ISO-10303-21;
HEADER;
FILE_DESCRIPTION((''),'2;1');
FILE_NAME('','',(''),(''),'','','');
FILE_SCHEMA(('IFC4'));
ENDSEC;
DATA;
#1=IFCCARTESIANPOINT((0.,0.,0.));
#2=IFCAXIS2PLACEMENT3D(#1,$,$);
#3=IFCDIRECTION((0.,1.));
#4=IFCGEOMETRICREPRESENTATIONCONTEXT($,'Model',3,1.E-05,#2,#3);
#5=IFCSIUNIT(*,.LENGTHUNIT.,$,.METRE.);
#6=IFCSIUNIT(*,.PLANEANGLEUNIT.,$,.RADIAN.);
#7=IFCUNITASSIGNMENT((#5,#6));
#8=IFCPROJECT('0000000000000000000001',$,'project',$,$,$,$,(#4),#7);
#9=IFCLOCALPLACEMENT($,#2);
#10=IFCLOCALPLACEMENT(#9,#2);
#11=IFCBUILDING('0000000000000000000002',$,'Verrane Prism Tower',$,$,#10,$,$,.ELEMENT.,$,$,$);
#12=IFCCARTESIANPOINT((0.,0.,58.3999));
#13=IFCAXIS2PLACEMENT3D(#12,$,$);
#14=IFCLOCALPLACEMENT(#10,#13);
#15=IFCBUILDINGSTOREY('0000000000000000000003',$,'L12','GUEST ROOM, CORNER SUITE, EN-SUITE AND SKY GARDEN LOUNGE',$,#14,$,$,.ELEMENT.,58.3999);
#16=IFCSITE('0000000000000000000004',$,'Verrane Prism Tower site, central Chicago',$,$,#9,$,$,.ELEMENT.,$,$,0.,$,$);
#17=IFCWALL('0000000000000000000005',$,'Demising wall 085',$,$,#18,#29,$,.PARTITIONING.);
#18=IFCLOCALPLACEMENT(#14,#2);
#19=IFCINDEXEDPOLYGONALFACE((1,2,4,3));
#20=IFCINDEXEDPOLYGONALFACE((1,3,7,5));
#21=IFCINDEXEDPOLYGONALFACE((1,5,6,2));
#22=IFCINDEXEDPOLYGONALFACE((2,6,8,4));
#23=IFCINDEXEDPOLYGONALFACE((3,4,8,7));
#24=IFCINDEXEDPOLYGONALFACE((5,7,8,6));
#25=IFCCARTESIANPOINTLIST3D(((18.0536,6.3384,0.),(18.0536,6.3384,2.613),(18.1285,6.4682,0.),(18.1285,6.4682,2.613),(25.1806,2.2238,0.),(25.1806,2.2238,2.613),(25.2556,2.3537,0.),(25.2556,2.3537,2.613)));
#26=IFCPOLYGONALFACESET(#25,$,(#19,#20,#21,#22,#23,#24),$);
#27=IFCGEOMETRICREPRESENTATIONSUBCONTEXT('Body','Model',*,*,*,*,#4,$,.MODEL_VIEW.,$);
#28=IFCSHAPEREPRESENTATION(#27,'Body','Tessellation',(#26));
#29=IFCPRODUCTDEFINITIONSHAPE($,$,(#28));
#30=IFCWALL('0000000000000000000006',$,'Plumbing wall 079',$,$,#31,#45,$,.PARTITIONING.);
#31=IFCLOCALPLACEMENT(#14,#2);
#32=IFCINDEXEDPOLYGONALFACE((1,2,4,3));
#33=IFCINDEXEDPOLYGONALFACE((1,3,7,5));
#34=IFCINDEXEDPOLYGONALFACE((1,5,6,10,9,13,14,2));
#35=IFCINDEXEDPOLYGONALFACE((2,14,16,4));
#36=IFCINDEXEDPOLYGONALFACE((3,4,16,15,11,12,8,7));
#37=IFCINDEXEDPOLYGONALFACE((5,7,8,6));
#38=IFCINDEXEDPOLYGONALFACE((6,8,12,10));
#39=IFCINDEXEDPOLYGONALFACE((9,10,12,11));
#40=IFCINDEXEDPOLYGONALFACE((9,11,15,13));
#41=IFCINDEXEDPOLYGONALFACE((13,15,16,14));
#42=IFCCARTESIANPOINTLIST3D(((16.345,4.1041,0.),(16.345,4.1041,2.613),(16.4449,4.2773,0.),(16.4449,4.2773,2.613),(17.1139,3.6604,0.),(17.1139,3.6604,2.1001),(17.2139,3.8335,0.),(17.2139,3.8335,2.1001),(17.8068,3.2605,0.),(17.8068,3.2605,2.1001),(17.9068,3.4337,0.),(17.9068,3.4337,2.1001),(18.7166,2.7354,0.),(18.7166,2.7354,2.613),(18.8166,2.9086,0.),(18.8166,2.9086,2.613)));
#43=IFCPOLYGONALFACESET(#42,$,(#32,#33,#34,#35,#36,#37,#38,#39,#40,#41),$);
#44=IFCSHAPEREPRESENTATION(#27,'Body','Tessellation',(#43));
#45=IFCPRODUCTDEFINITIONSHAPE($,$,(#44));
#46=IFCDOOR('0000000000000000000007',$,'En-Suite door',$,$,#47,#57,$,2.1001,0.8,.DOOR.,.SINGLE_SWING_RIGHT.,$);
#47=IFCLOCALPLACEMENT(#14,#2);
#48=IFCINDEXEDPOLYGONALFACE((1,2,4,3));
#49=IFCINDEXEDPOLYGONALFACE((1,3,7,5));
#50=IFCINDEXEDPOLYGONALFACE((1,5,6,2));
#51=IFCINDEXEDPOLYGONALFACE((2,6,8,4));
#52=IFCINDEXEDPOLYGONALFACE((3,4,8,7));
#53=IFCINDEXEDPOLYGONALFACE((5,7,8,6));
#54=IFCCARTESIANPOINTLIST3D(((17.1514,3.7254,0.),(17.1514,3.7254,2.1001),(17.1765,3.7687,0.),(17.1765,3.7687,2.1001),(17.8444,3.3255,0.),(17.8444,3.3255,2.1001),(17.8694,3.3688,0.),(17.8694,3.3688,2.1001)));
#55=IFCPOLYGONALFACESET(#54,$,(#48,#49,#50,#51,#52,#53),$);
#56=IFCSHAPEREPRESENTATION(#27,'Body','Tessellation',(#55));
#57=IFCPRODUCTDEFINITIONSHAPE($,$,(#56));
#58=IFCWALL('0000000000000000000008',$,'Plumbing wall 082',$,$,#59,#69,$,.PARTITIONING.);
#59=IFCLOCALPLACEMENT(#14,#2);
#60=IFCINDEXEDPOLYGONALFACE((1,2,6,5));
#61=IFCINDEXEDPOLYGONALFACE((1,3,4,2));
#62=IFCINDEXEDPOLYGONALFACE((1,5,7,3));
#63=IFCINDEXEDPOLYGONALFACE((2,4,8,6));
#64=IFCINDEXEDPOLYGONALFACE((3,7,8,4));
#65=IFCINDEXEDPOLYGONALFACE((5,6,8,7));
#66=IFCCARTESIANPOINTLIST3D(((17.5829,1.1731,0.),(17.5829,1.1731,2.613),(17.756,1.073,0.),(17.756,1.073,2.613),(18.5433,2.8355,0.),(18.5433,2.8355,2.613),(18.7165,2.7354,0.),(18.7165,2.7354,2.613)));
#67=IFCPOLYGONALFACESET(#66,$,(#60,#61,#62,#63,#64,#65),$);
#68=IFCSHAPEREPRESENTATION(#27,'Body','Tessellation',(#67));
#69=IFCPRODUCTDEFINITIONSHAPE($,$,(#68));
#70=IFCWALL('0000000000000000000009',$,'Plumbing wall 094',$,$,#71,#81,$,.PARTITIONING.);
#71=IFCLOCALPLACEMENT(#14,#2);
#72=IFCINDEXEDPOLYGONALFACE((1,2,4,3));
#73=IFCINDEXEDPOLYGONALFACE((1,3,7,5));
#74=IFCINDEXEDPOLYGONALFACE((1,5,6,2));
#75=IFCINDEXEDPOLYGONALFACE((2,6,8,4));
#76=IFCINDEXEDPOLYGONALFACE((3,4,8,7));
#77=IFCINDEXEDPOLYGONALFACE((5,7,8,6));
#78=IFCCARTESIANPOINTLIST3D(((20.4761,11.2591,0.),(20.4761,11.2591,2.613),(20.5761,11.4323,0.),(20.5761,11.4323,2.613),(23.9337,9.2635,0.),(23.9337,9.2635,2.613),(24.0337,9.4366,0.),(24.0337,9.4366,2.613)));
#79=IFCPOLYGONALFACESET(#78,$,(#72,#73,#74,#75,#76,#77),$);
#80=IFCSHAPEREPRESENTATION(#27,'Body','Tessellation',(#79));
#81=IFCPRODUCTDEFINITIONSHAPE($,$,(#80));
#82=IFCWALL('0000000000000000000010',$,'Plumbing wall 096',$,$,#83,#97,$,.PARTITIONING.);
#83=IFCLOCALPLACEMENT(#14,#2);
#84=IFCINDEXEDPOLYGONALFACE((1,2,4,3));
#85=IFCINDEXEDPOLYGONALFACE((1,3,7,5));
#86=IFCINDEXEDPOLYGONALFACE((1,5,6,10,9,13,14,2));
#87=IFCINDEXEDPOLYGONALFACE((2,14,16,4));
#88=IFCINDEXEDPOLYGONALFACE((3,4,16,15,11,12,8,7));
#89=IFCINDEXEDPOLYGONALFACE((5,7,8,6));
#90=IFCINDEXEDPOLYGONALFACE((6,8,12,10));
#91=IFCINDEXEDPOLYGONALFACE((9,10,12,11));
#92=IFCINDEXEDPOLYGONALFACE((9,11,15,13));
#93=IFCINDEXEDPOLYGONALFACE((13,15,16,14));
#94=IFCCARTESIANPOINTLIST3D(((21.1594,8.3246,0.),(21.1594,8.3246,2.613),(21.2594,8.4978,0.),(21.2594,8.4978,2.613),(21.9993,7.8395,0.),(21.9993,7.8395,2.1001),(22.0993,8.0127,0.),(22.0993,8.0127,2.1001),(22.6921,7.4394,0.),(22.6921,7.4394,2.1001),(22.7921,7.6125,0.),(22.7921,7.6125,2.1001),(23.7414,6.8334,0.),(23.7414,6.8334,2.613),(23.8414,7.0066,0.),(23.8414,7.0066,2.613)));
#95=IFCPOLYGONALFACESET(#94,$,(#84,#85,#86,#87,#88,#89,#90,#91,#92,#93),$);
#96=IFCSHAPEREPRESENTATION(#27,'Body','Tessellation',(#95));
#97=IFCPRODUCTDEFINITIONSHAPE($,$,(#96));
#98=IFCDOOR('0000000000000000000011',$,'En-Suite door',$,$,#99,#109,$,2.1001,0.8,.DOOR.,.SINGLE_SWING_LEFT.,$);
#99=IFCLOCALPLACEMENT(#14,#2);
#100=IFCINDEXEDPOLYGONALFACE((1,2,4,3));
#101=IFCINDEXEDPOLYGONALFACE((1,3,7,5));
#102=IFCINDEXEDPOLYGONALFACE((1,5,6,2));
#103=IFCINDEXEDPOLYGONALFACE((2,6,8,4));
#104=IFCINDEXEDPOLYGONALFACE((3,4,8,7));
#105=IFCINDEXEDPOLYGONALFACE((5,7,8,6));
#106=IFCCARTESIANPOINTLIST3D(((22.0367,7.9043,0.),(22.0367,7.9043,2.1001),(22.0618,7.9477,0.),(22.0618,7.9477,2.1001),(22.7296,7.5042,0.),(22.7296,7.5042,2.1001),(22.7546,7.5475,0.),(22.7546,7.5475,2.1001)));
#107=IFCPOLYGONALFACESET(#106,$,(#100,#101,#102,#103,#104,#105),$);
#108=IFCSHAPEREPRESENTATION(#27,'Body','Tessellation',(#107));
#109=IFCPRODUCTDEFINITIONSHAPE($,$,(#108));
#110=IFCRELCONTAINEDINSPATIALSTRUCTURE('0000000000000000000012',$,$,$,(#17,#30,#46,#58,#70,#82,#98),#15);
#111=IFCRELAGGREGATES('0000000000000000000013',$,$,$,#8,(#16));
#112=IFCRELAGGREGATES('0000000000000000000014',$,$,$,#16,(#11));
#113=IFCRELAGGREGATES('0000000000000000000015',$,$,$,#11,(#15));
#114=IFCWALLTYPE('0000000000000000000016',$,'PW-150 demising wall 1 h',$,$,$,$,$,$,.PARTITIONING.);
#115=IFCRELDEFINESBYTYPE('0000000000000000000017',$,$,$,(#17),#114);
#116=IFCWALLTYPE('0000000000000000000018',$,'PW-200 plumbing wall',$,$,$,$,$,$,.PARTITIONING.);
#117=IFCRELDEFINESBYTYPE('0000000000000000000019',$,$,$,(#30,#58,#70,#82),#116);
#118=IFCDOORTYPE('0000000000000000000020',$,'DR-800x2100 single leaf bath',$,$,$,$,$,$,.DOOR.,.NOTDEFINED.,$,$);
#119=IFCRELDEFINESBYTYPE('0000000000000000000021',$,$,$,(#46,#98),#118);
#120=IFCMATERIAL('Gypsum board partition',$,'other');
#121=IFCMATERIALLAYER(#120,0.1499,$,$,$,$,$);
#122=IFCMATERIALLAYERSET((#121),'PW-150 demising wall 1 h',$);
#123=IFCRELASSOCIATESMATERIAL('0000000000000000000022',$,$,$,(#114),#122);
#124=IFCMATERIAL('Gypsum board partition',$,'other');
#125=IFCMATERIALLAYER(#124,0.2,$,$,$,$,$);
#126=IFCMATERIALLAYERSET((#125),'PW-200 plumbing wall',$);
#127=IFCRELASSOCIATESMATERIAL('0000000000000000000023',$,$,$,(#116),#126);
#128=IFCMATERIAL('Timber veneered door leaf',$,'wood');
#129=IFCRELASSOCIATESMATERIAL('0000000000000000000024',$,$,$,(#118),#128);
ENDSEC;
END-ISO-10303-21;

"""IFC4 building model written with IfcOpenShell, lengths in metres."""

from ifc_helpers import new_model, si_unit, direction, frame, frame_2d, origin, place, context, subcontext, project, spatial, rectangle, extrude, material, layer, layer_set, type_object, element, fill, save


model = new_model("IFC4")

# Units and contexts
model_context = context("Model", 3, precision=1e-05, world=origin(), true_north=direction((0.0, 1.0)))
body_context = subcontext(model_context, "Body", "Model", "MODEL_VIEW")
ifc_project = project(units=[si_unit("LENGTHUNIT", "METRE"), si_unit("PLANEANGLEUNIT", "RADIAN")], contexts=[model_context])

# Site, building, storey
site_placement = place(None, origin())
site = spatial("IfcSite", under=ifc_project, at=site_placement, Name="Verrane Prism Tower site, central Chicago", CompositionType="ELEMENT", RefElevation=0.0)
building_placement = place(site_placement, origin())
building = spatial("IfcBuilding", under=site, at=building_placement, Name="Verrane Prism Tower", CompositionType="ELEMENT")
storey_placement = place(building_placement, frame((0.0, 0.0, 58.3999)))
storey = spatial("IfcBuildingStorey", under=building, at=storey_placement, Name="L12", Description="GUEST ROOM, CORNER SUITE, EN-SUITE AND SKY GARDEN LOUNGE", CompositionType="ELEMENT", Elevation=58.3999)

# Wall
ifc_material_1 = material(Name="Gypsum board partition", Category="other")
ifc_layer_1 = layer(ifc_material_1, 0.1499)
ifc_layer_set_1 = layer_set([ifc_layer_1], Name="PW-150 demising wall 1 h")
wall_type_1 = type_object("IfcWallType", Name="PW-150 demising wall 1 h", PredefinedType="PARTITIONING", material=ifc_layer_set_1)
wall_1_placement = place(storey_placement, frame((18.0911, 6.4033, 0.0), z_axis=(0.0, 0.0, 1.0), x_axis=(0.866038, -0.499978, 0.0)))
element("IfcWall", 1, at=wall_1_placement, inside=storey, type_object=wall_type_1, Name="Demising wall 085", PredefinedType="PARTITIONING", context=body_context, shape_type="SweptSolid", body=[
    extrude(rectangle(XDim=8.2295, YDim=0.1499, at=frame_2d((4.1147, 0.0))), origin(), (0.0, 0.0, 1.0), 2.613),
])

# Wall, opening, door
ifc_material_2 = material(Name="Gypsum board partition", Category="other")
ifc_layer_2 = layer(ifc_material_2, 0.2)
ifc_layer_set_2 = layer_set([ifc_layer_2], Name="PW-200 plumbing wall")
wall_type_2 = type_object("IfcWallType", Name="PW-200 plumbing wall", PredefinedType="PARTITIONING", material=ifc_layer_set_2)
wall_2_placement = place(storey_placement, frame((18.7666, 2.822, 0.0), z_axis=(0.0, 0.0, 1.0), x_axis=(-0.866117, 0.499841, 0.0)))
wall_2 = element("IfcWall", 2, at=wall_2_placement, inside=storey, type_object=wall_type_2, Name="Plumbing wall 079", PredefinedType="PARTITIONING", context=body_context, shape_type="SweptSolid", body=[
    extrude(rectangle(XDim=2.7383, YDim=0.2, at=frame_2d((1.3691, 0.0))), origin(), (0.0, 0.0, 1.0), 2.613),
])
opening_1_placement = place(wall_2_placement, frame((1.0505, 0.0, 0.0)))
opening_1 = element("IfcOpeningElement", 3, at=opening_1_placement, cuts=wall_2, PredefinedType="OPENING", context=body_context, shape_type="SweptSolid", body=[
    extrude(rectangle(XDim=0.8, YDim=2.1001, at=frame_2d((0.3999, 1.05))), frame((0.0, 0.1099, 0.0), z_axis=(0.0, -1.0, 0.0), x_axis=(1.0, 0.0, 0.0)), (0.0, 0.0, 1.0), 0.22),
])
ifc_material_3 = material(Name="Timber veneered door leaf", Category="wood")
door_type_1 = type_object("IfcDoorType", Name="DR-800x2100 single leaf bath", OperationType="NOTDEFINED", PredefinedType="DOOR", material=ifc_material_3)
door_1_placement = place(opening_1_placement, origin())
door_1 = element("IfcDoor", 4, at=door_1_placement, inside=storey, type_object=door_type_1, Name="En-Suite door", OperationType="SINGLE_SWING_RIGHT", OverallHeight=2.1001, OverallWidth=0.8, PredefinedType="DOOR", context=body_context, shape_type="SweptSolid", body=[
    extrude(rectangle(XDim=0.8, YDim=2.1001, at=frame_2d((0.3999, 1.05))), frame((0.0, 0.0249, 0.0), z_axis=(0.0, -1.0, 0.0), x_axis=(1.0, 0.0, 0.0)), (0.0, 0.0, 1.0), 0.05),
])
fill(opening_1, door_1)

# Walls
wall_3_placement = place(storey_placement, frame((17.6694, 1.123, 0.0), z_axis=(0.0, 0.0, 1.0), x_axis=(0.500269, 0.86587, 0.0)))
element("IfcWall", 5, at=wall_3_placement, inside=storey, type_object=wall_type_2, Name="Plumbing wall 082", PredefinedType="PARTITIONING", context=body_context, shape_type="SweptSolid", body=[
    extrude(rectangle(XDim=1.9199, YDim=0.2, at=frame_2d((0.96, 0.0))), origin(), (0.0, 0.0, 1.0), 2.613),
])
wall_4_placement = place(storey_placement, frame((20.5261, 11.3457, 0.0), z_axis=(0.0, 0.0, 1.0), x_axis=(0.86609, -0.499888, 0.0)))
element("IfcWall", 6, at=wall_4_placement, inside=storey, type_object=wall_type_2, Name="Plumbing wall 094", PredefinedType="PARTITIONING", context=body_context, shape_type="SweptSolid", body=[
    extrude(rectangle(XDim=3.9922, YDim=0.2, at=frame_2d((1.9961, 0.0))), origin(), (0.0, 0.0, 1.0), 2.613),
])

# Wall, opening, door
wall_5_placement = place(storey_placement, frame((21.2095, 8.4111, 0.0), z_axis=(0.0, 0.0, 1.0), x_axis=(0.865956, -0.500119, 0.0)))
wall_5 = element("IfcWall", 7, at=wall_5_placement, inside=storey, type_object=wall_type_2, Name="Plumbing wall 096", PredefinedType="PARTITIONING", context=body_context, shape_type="SweptSolid", body=[
    extrude(rectangle(XDim=2.9817, YDim=0.2, at=frame_2d((1.4907, 0.0))), origin(), (0.0, 0.0, 1.0), 2.613),
])
opening_2_placement = place(wall_5_placement, frame((0.97, 0.0, 0.0)))
opening_2 = element("IfcOpeningElement", 8, at=opening_2_placement, cuts=wall_5, PredefinedType="OPENING", context=body_context, shape_type="SweptSolid", body=[
    extrude(rectangle(XDim=0.8, YDim=2.1001, at=frame_2d((0.3999, 1.05))), frame((0.0, 0.1099, 0.0), z_axis=(0.0, -1.0, 0.0), x_axis=(1.0, 0.0, 0.0)), (0.0, 0.0, 1.0), 0.22),
])
door_2_placement = place(opening_2_placement, origin())
door_2 = element("IfcDoor", 9, at=door_2_placement, inside=storey, type_object=door_type_1, Name="En-Suite door", OperationType="SINGLE_SWING_LEFT", OverallHeight=2.1001, OverallWidth=0.8, PredefinedType="DOOR", context=body_context, shape_type="SweptSolid", body=[
    extrude(rectangle(XDim=0.8, YDim=2.1001, at=frame_2d((0.3999, 1.05))), frame((0.0, 0.0249, 0.0), z_axis=(0.0, -1.0, 0.0), x_axis=(1.0, 0.0, 0.0)), (0.0, 0.0, 1.0), 0.05),
])
fill(opening_2, door_2)

save(model, "model.ifc")
